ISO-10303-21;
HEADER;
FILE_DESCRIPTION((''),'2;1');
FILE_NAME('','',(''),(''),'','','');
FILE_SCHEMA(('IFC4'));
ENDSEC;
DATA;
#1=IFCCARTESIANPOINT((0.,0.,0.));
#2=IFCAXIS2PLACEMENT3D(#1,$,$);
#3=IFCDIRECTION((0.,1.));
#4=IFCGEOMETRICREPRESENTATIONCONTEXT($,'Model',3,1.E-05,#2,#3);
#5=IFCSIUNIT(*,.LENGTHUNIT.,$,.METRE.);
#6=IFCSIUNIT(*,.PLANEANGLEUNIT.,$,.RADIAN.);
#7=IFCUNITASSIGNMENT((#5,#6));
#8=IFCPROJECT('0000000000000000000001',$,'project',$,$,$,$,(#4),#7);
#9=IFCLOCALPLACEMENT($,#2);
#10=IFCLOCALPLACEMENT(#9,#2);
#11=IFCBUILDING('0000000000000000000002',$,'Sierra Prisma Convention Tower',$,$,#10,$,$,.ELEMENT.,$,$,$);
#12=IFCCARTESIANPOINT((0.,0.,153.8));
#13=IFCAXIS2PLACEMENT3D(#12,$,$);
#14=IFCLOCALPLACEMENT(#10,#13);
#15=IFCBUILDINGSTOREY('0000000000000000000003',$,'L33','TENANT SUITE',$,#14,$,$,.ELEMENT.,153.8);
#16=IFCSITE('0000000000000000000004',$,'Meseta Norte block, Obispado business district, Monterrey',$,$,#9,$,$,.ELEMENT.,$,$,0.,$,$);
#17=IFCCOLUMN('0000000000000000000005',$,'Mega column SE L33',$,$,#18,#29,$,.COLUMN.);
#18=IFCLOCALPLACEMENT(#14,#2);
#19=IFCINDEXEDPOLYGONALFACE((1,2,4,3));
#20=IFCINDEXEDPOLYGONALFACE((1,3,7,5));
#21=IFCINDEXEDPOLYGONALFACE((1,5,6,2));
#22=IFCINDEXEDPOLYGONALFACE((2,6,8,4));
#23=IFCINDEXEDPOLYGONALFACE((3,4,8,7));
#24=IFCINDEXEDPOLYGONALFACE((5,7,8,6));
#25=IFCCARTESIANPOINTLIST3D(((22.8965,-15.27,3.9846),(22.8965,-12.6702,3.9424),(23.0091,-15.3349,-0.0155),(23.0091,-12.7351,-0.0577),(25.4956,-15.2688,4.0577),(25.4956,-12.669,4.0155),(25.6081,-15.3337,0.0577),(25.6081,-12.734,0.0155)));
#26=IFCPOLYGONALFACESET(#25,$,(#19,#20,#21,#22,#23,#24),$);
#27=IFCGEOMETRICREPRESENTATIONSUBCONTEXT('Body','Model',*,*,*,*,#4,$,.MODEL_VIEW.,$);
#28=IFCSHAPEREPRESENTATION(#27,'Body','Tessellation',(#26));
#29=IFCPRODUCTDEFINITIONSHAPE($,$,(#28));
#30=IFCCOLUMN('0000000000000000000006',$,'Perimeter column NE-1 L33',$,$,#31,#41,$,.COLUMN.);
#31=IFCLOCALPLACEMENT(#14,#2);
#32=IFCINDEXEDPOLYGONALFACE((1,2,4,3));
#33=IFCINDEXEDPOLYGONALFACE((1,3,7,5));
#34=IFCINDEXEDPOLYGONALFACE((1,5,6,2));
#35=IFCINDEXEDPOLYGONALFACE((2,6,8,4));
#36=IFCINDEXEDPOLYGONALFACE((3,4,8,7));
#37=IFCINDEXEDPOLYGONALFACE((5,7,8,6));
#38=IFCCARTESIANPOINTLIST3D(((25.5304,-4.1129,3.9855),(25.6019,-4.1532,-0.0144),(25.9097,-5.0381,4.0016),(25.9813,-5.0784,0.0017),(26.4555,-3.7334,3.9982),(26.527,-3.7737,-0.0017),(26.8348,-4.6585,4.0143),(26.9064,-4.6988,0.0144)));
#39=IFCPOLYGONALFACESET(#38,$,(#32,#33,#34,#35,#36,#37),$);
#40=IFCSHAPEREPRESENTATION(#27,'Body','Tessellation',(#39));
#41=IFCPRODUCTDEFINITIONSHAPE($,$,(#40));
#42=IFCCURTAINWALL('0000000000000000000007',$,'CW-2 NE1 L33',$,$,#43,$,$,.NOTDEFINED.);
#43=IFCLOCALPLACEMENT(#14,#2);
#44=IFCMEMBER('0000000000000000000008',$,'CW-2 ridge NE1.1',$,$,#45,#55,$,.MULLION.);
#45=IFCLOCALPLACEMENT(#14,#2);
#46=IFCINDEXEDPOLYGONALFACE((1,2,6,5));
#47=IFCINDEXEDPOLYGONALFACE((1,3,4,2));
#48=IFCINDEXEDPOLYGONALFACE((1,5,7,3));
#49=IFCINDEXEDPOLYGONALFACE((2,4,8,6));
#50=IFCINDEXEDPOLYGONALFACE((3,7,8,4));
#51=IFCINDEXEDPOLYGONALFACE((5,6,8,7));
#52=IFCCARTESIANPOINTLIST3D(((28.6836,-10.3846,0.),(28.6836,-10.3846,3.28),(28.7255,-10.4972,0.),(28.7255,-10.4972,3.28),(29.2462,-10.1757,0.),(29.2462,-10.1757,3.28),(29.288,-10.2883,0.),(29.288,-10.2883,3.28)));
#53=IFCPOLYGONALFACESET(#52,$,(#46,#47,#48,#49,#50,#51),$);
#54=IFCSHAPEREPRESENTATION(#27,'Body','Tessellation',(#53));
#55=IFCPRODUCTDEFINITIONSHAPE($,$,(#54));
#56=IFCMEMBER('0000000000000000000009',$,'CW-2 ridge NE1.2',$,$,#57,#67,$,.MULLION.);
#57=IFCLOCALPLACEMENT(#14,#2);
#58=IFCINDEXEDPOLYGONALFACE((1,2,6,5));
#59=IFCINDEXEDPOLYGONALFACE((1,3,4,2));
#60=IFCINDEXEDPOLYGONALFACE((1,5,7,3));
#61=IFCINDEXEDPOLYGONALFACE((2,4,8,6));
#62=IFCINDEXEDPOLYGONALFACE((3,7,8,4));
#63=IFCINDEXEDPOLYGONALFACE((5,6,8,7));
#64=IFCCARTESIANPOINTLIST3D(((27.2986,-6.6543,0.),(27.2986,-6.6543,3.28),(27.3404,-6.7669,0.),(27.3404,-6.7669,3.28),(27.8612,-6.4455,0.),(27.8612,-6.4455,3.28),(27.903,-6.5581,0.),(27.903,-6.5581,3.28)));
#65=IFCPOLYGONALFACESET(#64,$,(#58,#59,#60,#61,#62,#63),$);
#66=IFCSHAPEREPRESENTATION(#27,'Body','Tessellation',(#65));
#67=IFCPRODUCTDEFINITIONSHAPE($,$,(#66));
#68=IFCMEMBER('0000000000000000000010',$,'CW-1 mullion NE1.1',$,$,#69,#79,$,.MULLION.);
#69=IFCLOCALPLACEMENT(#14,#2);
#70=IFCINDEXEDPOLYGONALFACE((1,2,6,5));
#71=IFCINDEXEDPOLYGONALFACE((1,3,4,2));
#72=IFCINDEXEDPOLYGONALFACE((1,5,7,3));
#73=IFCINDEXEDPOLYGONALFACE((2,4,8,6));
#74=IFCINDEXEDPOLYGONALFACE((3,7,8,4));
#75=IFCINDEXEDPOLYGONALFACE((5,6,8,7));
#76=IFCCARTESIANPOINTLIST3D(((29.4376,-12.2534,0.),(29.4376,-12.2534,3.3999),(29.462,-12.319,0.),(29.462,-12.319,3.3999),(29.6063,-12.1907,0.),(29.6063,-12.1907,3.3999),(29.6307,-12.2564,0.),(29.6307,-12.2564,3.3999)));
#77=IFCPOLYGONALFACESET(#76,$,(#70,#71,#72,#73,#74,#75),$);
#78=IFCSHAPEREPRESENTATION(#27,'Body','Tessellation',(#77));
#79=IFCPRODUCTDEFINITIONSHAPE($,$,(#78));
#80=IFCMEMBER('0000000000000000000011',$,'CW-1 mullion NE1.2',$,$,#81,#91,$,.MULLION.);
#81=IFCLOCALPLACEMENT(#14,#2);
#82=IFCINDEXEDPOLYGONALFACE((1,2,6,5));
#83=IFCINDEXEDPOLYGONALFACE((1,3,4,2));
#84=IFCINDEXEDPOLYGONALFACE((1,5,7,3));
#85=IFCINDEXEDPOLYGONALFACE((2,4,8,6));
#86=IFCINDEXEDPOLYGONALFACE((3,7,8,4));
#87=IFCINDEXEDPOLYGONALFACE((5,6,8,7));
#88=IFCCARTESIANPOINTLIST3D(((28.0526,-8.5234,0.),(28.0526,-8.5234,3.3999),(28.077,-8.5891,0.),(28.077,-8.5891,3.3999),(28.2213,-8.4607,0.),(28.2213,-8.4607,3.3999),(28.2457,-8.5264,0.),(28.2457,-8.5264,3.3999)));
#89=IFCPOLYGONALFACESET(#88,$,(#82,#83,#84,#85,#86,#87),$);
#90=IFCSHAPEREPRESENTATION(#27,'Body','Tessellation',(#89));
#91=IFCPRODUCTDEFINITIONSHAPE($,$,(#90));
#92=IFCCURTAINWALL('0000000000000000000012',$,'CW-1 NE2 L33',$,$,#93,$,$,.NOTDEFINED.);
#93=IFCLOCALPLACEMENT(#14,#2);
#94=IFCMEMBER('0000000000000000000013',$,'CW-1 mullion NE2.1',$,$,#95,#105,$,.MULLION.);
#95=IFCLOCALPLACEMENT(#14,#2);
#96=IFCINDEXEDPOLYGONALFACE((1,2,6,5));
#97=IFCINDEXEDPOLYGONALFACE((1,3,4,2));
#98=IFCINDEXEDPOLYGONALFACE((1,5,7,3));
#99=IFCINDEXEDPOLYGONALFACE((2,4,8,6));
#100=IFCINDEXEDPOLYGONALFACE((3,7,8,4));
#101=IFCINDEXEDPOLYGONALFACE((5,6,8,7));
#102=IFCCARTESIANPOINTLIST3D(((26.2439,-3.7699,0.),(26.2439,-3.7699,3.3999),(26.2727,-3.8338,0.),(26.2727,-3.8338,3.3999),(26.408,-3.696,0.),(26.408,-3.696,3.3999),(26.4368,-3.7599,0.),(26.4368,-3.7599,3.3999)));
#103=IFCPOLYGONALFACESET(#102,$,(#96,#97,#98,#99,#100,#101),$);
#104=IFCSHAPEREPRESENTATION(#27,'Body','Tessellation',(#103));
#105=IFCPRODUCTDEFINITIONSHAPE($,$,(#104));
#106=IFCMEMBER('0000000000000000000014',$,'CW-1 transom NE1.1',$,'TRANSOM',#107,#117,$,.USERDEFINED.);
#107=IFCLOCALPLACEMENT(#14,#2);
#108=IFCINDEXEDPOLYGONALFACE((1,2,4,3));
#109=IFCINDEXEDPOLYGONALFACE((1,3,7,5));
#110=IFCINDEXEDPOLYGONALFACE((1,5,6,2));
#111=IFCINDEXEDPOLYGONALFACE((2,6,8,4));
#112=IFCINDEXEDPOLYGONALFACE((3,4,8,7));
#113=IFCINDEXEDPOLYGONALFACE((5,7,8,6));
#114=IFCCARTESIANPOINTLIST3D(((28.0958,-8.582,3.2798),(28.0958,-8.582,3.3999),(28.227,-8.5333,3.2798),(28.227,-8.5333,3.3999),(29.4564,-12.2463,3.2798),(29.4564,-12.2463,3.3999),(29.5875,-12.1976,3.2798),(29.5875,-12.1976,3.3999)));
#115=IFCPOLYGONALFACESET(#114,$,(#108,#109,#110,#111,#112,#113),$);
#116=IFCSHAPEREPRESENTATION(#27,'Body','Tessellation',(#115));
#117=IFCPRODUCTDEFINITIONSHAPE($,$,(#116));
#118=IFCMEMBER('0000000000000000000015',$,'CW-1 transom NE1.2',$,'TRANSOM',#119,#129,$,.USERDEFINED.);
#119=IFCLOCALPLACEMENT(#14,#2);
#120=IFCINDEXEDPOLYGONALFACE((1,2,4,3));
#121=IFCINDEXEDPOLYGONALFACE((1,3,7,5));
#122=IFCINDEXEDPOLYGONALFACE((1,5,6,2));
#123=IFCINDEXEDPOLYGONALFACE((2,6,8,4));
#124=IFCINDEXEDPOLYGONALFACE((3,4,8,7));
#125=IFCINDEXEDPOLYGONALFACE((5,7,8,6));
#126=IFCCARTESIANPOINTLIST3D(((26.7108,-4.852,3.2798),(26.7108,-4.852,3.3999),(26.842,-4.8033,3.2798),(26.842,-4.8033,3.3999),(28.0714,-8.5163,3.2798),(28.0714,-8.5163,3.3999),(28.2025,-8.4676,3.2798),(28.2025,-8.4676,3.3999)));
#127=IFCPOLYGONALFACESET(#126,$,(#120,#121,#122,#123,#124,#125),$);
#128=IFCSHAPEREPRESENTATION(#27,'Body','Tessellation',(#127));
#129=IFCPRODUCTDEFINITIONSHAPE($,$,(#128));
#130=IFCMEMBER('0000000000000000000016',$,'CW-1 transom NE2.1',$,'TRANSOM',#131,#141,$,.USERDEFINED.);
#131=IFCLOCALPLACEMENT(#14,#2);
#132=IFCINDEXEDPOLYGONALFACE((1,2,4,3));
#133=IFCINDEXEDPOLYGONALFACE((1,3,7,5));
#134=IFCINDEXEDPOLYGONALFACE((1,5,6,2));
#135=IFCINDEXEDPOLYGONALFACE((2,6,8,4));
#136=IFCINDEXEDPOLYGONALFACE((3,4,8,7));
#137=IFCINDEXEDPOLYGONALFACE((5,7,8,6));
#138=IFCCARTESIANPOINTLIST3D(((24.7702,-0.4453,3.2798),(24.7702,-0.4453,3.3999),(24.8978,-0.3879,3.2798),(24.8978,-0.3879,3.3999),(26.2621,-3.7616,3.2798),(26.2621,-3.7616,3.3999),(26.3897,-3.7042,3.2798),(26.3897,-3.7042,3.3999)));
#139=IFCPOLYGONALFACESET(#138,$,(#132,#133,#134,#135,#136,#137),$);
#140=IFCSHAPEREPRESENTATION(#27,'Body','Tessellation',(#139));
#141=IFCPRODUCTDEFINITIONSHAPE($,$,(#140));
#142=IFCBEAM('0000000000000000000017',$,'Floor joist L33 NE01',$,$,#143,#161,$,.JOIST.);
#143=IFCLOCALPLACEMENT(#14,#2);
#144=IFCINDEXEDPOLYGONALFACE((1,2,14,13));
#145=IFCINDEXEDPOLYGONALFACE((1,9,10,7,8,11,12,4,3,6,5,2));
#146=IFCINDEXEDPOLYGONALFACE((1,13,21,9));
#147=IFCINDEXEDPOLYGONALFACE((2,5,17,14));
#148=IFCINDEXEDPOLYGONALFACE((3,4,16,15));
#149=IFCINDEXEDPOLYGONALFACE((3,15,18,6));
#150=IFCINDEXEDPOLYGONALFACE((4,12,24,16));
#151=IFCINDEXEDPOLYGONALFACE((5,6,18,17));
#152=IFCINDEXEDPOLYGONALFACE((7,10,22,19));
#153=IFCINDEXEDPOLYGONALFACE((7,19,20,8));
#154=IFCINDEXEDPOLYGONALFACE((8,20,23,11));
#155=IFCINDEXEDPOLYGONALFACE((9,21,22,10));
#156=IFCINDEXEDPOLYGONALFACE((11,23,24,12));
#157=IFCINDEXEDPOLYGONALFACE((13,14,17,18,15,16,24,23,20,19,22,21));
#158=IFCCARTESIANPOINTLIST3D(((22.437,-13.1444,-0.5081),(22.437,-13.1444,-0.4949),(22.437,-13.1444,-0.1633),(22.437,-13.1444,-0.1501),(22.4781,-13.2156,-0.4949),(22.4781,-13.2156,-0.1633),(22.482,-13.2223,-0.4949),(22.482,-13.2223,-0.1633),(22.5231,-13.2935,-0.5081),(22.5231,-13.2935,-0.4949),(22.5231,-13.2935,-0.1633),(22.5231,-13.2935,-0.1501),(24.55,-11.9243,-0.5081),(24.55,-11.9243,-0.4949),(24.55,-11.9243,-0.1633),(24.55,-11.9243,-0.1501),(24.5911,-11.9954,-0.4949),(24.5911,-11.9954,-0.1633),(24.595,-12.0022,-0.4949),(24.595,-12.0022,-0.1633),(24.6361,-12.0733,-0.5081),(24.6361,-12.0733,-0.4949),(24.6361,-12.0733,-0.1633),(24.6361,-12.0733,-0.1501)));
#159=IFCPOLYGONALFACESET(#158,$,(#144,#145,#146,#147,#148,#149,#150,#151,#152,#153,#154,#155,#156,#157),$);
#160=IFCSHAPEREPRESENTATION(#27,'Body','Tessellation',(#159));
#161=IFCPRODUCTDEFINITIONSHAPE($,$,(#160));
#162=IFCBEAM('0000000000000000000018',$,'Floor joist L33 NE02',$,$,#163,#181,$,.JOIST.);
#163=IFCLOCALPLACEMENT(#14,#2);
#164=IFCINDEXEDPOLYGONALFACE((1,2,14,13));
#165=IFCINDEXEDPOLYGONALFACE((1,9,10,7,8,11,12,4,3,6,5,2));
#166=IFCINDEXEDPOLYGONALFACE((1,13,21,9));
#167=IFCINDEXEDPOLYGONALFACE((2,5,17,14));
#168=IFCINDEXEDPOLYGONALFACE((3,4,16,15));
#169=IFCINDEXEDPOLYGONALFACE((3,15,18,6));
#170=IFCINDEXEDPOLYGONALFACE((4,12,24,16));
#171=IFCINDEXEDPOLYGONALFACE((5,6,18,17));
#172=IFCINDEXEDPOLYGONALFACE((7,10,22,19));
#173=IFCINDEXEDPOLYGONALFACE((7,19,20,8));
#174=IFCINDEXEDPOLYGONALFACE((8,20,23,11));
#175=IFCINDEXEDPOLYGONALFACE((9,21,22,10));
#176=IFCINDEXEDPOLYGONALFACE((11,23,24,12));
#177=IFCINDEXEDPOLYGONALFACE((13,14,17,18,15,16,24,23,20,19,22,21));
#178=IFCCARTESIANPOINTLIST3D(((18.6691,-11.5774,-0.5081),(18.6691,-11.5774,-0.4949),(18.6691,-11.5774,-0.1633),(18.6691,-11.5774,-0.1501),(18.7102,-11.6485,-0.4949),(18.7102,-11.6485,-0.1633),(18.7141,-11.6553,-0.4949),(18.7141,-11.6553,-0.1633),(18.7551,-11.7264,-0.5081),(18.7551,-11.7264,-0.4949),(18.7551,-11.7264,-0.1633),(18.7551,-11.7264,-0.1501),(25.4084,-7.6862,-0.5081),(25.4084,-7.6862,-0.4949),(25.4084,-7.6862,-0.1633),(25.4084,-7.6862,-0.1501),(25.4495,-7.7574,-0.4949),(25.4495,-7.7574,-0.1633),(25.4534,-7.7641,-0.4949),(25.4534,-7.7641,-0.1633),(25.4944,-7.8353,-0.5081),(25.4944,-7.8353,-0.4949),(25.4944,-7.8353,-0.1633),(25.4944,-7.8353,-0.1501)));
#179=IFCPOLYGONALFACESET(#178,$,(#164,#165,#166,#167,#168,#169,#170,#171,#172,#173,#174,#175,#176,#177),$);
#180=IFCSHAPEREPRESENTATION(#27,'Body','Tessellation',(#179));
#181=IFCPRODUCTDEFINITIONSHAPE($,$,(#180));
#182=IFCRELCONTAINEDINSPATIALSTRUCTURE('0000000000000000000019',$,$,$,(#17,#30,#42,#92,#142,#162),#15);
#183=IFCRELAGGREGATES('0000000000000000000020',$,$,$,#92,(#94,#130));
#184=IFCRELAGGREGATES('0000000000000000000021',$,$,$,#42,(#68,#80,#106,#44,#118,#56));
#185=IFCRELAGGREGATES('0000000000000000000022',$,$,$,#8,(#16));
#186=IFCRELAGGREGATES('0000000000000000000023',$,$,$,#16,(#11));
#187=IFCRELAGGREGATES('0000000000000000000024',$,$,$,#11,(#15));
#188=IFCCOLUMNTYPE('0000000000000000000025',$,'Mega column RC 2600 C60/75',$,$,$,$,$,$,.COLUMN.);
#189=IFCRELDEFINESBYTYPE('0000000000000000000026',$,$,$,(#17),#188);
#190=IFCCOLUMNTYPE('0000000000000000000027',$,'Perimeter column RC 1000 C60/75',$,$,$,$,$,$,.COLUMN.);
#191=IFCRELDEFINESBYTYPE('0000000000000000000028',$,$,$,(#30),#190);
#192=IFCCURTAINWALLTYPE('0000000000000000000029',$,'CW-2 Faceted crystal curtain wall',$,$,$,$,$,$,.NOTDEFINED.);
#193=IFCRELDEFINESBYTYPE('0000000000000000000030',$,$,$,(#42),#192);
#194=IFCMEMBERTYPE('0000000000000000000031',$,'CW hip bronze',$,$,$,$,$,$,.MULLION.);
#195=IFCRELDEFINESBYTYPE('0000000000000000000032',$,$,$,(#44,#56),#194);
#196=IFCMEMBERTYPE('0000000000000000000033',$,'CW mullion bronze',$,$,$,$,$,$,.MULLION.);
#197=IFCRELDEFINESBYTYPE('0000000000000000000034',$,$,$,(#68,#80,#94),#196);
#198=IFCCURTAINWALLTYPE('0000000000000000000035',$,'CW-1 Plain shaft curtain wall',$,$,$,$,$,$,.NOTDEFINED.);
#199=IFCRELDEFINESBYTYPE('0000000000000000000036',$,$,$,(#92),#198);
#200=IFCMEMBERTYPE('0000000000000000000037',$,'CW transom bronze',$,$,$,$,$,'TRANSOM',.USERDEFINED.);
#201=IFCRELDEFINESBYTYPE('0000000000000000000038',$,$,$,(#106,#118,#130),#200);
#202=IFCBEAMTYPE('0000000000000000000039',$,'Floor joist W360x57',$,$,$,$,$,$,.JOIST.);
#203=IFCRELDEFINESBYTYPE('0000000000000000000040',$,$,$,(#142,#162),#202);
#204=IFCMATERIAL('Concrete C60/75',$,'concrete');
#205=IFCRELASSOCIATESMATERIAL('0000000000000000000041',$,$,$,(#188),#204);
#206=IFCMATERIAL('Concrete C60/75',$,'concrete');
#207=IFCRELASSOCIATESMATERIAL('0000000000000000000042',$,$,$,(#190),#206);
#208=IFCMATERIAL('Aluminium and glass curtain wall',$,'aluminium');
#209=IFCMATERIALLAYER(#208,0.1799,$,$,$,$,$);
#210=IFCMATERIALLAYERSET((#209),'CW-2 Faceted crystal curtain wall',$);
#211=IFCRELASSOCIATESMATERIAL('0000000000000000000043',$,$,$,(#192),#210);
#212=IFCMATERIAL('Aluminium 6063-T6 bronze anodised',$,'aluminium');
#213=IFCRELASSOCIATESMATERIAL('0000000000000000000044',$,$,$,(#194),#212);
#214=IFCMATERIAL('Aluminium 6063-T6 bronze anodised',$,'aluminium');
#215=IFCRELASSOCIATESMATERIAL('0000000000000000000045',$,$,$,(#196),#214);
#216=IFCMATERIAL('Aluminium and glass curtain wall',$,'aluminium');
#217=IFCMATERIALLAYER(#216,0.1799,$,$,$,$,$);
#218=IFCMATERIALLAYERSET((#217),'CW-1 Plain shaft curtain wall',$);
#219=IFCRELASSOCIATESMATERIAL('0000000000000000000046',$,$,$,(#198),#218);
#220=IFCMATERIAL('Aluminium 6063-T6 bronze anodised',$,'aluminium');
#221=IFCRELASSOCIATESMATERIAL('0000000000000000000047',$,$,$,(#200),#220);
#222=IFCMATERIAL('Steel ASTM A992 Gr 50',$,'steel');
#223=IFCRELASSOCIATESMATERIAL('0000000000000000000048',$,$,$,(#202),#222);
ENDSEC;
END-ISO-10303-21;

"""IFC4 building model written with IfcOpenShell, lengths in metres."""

from ifc_helpers import new_model, si_unit, direction, frame, origin, origin_2d, place, context, subcontext, project, spatial, rectangle, i_section, extrude, material, layer, layer_set, material_profile, profile_set, type_object, element, aggregate, save


model = new_model("IFC4")

# Units and contexts
model_context = context("Model", 3, precision=1e-05, world=origin(), true_north=direction((0.0, 1.0)))
body_context = subcontext(model_context, "Body", "Model", "MODEL_VIEW")
ifc_project = project(units=[si_unit("LENGTHUNIT", "METRE"), si_unit("PLANEANGLEUNIT", "RADIAN")], contexts=[model_context])

# Site, building, storey
site_placement = place(None, origin())
site = spatial("IfcSite", under=ifc_project, at=site_placement, Name="Meseta Norte block, Obispado business district, Monterrey", CompositionType="ELEMENT", RefElevation=0.0)
building_placement = place(site_placement, origin())
building = spatial("IfcBuilding", under=site, at=building_placement, Name="Sierra Prisma Convention Tower", CompositionType="ELEMENT")
storey_placement = place(building_placement, frame((0.0, 0.0, 153.8)))
storey = spatial("IfcBuildingStorey", under=building, at=storey_placement, Name="L33", Description="TENANT SUITE", CompositionType="ELEMENT", Elevation=153.8)

# Columns
ifc_material_1 = material(Name="Concrete C60/75", Category="concrete")
ifc_material_profile_1 = material_profile(ifc_material_1, rectangle(XDim=2.6001, YDim=2.6001, at=origin_2d()), Name="Mega column RC 2600 C60/75")
ifc_profile_set_1 = profile_set([ifc_material_profile_1], Name="Concrete C60/75")
column_type_1 = type_object("IfcColumnType", Name="Mega column RC 2600 C60/75", PredefinedType="COLUMN", material=ifc_profile_set_1)
column_1_placement = place(storey_placement, frame((24.3086, -14.0344, 0.0), z_axis=(-0.028122, 0.016227, 0.999473), x_axis=(0.999604, 0.000457, 0.028119)))
element("IfcColumn", 1, at=column_1_placement, inside=storey, type_object=column_type_1, Name="Mega column SE L33", PredefinedType="COLUMN", context=body_context, shape_type="SweptSolid", body=[
    extrude(rectangle(XDim=2.6001, YDim=2.6001, at=origin_2d()), origin(), (0.0, 0.0, 1.0), 4.0022),
])
ifc_material_2 = material(Name="Concrete C60/75", Category="concrete")
ifc_material_profile_2 = material_profile(ifc_material_2, rectangle(XDim=1.0, YDim=1.0, at=origin_2d()), Name="Perimeter column RC 1000 C60/75")
ifc_profile_set_2 = profile_set([ifc_material_profile_2], Name="Concrete C60/75")
column_type_2 = type_object("IfcColumnType", Name="Perimeter column RC 1000 C60/75", PredefinedType="COLUMN", material=ifc_profile_set_2)
column_2_placement = place(storey_placement, frame((26.2542, -4.426, 0.0), z_axis=(-0.01788, 0.010069, 0.999789), x_axis=(-0.379328, 0.925122, -0.0161)))
element("IfcColumn", 2, at=column_2_placement, inside=storey, type_object=column_type_2, Name="Perimeter column NE-1 L33", PredefinedType="COLUMN", context=body_context, shape_type="SweptSolid", body=[
    extrude(rectangle(XDim=1.0, YDim=1.0, at=origin_2d()), origin(), (0.0, 0.0, 1.0), 4.0007),
])

# Curtain wall, members
ifc_material_3 = material(Name="Aluminium and glass curtain wall", Category="aluminium")
ifc_layer_1 = layer(ifc_material_3, 0.1799)
ifc_layer_set_1 = layer_set([ifc_layer_1], Name="CW-2 Faceted crystal curtain wall")
curtain_wall_type_1 = type_object("IfcCurtainWallType", Name="CW-2 Faceted crystal curtain wall", PredefinedType="NOTDEFINED", material=ifc_layer_set_1)
curtain_wall_1_placement = place(storey_placement, origin())
curtain_wall_1 = element("IfcCurtainWall", 3, at=curtain_wall_1_placement, inside=storey, type_object=curtain_wall_type_1, Name="CW-2 NE1 L33", PredefinedType="NOTDEFINED")
ifc_material_4 = material(Name="Aluminium 6063-T6 bronze anodised", Category="aluminium")
ifc_material_profile_3 = material_profile(ifc_material_4, rectangle(XDim=0.1201, YDim=0.6001, at=origin_2d()), Name="ALU RIDGE BLADE 120x600")
ifc_profile_set_3 = profile_set([ifc_material_profile_3], Name="Aluminium 6063-T6 bronze anodised")
member_type_1 = type_object("IfcMemberType", Name="CW hip bronze", PredefinedType="MULLION", material=ifc_profile_set_3)
member_1_placement = place(storey_placement, frame((28.9858, -10.3364, 0.0), z_axis=(0.0, 0.0, 1.0), x_axis=(-0.348078, 0.937466, 0.0)))
member_1 = element("IfcMember", 4, at=member_1_placement, type_object=member_type_1, Name="CW-2 ridge NE1.1", PredefinedType="MULLION", context=body_context, shape_type="SweptSolid", body=[
    extrude(rectangle(XDim=0.1201, YDim=0.6001, at=origin_2d()), origin(), (0.0, 0.0, 1.0), 3.28),
])
member_2_placement = place(storey_placement, frame((27.6008, -6.6062, 0.0), z_axis=(0.0, 0.0, 1.0), x_axis=(-0.348078, 0.937466, 0.0)))
member_2 = element("IfcMember", 5, at=member_2_placement, type_object=member_type_1, Name="CW-2 ridge NE1.2", PredefinedType="MULLION", context=body_context, shape_type="SweptSolid", body=[
    extrude(rectangle(XDim=0.1201, YDim=0.6001, at=origin_2d()), origin(), (0.0, 0.0, 1.0), 3.28),
])
ifc_material_5 = material(Name="Aluminium 6063-T6 bronze anodised", Category="aluminium")
ifc_material_profile_4 = material_profile(ifc_material_5, rectangle(XDim=0.1799, YDim=0.0701, at=origin_2d()), Name="ALU MULLION 70x180")
ifc_profile_set_4 = profile_set([ifc_material_profile_4], Name="Aluminium 6063-T6 bronze anodised")
member_type_2 = type_object("IfcMemberType", Name="CW mullion bronze", PredefinedType="MULLION", material=ifc_profile_set_4)
member_3_placement = place(storey_placement, frame((29.5342, -12.2549, 0.0), z_axis=(0.0, 0.0, 1.0), x_axis=(-0.937466, -0.348078, 0.0)))
member_3 = element("IfcMember", 6, at=member_3_placement, type_object=member_type_2, Name="CW-1 mullion NE1.1", PredefinedType="MULLION", context=body_context, shape_type="SweptSolid", body=[
    extrude(rectangle(XDim=0.1799, YDim=0.0701, at=origin_2d()), origin(), (0.0, 0.0, 1.0), 3.3999),
])
member_4_placement = place(storey_placement, frame((28.1492, -8.5249, 0.0), z_axis=(0.0, 0.0, 1.0), x_axis=(-0.937466, -0.348078, 0.0)))
member_4 = element("IfcMember", 7, at=member_4_placement, type_object=member_type_2, Name="CW-1 mullion NE1.2", PredefinedType="MULLION", context=body_context, shape_type="SweptSolid", body=[
    extrude(rectangle(XDim=0.1799, YDim=0.0701, at=origin_2d()), origin(), (0.0, 0.0, 1.0), 3.3999),
])

# Curtain wall, member
ifc_material_6 = material(Name="Aluminium and glass curtain wall", Category="aluminium")
ifc_layer_2 = layer(ifc_material_6, 0.1799)
ifc_layer_set_2 = layer_set([ifc_layer_2], Name="CW-1 Plain shaft curtain wall")
curtain_wall_type_2 = type_object("IfcCurtainWallType", Name="CW-1 Plain shaft curtain wall", PredefinedType="NOTDEFINED", material=ifc_layer_set_2)
curtain_wall_2_placement = place(storey_placement, origin())
curtain_wall_2 = element("IfcCurtainWall", 8, at=curtain_wall_2_placement, inside=storey, type_object=curtain_wall_type_2, Name="CW-1 NE2 L33", PredefinedType="NOTDEFINED")
member_5_placement = place(storey_placement, frame((26.3403, -3.7649, 0.0), z_axis=(0.0, 0.0, 1.0), x_axis=(-0.911964, -0.410271, 0.0)))
member_5 = element("IfcMember", 9, at=member_5_placement, type_object=member_type_2, Name="CW-1 mullion NE2.1", PredefinedType="MULLION", context=body_context, shape_type="SweptSolid", body=[
    extrude(rectangle(XDim=0.1799, YDim=0.0701, at=origin_2d()), origin(), (0.0, 0.0, 1.0), 3.3999),
])

# Members
ifc_material_7 = material(Name="Aluminium 6063-T6 bronze anodised", Category="aluminium")
ifc_material_profile_5 = material_profile(ifc_material_7, rectangle(XDim=0.1399, YDim=0.1201, at=origin_2d()), Name="ALU TRANSOM 120x140")
ifc_profile_set_5 = profile_set([ifc_material_profile_5], Name="Aluminium 6063-T6 bronze anodised")
member_type_3 = type_object("IfcMemberType", Name="CW transom bronze", ElementType="TRANSOM", PredefinedType="USERDEFINED", material=ifc_profile_set_5)
member_6_placement = place(storey_placement, frame((29.522, -12.2219, 3.3398), z_axis=(-0.348089, 0.937461, 0.0), x_axis=(-0.937461, -0.348089, 0.0)))
member_6 = element("IfcMember", 10, at=member_6_placement, type_object=member_type_3, Name="CW-1 transom NE1.1", ObjectType="TRANSOM", PredefinedType="USERDEFINED", context=body_context, shape_type="SweptSolid", body=[
    extrude(rectangle(XDim=0.1399, YDim=0.1201, at=origin_2d()), origin(), (0.0, 0.0, 1.0), 3.9087),
])
member_7_placement = place(storey_placement, frame((28.137, -8.4919, 3.3398), z_axis=(-0.348089, 0.937461, 0.0), x_axis=(-0.937461, -0.348089, 0.0)))
member_7 = element("IfcMember", 11, at=member_7_placement, type_object=member_type_3, Name="CW-1 transom NE1.2", ObjectType="TRANSOM", PredefinedType="USERDEFINED", context=body_context, shape_type="SweptSolid", body=[
    extrude(rectangle(XDim=0.1399, YDim=0.1201, at=origin_2d()), origin(), (0.0, 0.0, 1.0), 3.9087),
])
member_8_placement = place(storey_placement, frame((26.3259, -3.7329, 3.3398), z_axis=(-0.410264, 0.911967, 0.0), x_axis=(-0.911967, -0.410264, 0.0)))
member_8 = element("IfcMember", 12, at=member_8_placement, type_object=member_type_3, Name="CW-1 transom NE2.1", ObjectType="TRANSOM", PredefinedType="USERDEFINED", context=body_context, shape_type="SweptSolid", body=[
    extrude(rectangle(XDim=0.1399, YDim=0.1201, at=origin_2d()), origin(), (0.0, 0.0, 1.0), 3.6365),
])

# Beams
ifc_material_8 = material(Name="Steel ASTM A992 Gr 50", Category="steel")
ifc_material_profile_6 = material_profile(ifc_material_8, i_section(OverallWidth=0.1721, OverallDepth=0.3579, WebThickness=0.0078, FlangeThickness=0.0132, at=origin_2d()), Name="W360x57")
ifc_profile_set_6 = profile_set([ifc_material_profile_6], Name="Steel ASTM A992 Gr 50")
beam_type_1 = type_object("IfcBeamType", Name="Floor joist W360x57", PredefinedType="JOIST", material=ifc_profile_set_6)
beam_1_placement = place(storey_placement, frame((24.593, -11.9988, -0.3291), z_axis=(-0.865981, -0.500078, 0.0), x_axis=(0.500078, -0.865981, 0.0)))
element("IfcBeam", 13, at=beam_1_placement, inside=storey, type_object=beam_type_1, Name="Floor joist L33 NE01", PredefinedType="JOIST", context=body_context, shape_type="SweptSolid", body=[
    extrude(i_section(OverallWidth=0.1721, OverallDepth=0.3579, WebThickness=0.0078, FlangeThickness=0.0132, at=origin_2d()), origin(), (0.0, 0.0, 1.0), 2.4399),
])
beam_2_placement = place(storey_placement, frame((25.4514, -7.7607, -0.3291), z_axis=(-0.866014, -0.500019, 0.0), x_axis=(0.500019, -0.866014, 0.0)))
element("IfcBeam", 14, at=beam_2_placement, inside=storey, type_object=beam_type_1, Name="Floor joist L33 NE02", PredefinedType="JOIST", context=body_context, shape_type="SweptSolid", body=[
    extrude(i_section(OverallWidth=0.1721, OverallDepth=0.3579, WebThickness=0.0078, FlangeThickness=0.0132, at=origin_2d()), origin(), (0.0, 0.0, 1.0), 7.782),
])

aggregate(curtain_wall_2, [member_5, member_8])
aggregate(curtain_wall_1, [member_3, member_4, member_6, member_1, member_7, member_2])

save(model, "model.ifc")
